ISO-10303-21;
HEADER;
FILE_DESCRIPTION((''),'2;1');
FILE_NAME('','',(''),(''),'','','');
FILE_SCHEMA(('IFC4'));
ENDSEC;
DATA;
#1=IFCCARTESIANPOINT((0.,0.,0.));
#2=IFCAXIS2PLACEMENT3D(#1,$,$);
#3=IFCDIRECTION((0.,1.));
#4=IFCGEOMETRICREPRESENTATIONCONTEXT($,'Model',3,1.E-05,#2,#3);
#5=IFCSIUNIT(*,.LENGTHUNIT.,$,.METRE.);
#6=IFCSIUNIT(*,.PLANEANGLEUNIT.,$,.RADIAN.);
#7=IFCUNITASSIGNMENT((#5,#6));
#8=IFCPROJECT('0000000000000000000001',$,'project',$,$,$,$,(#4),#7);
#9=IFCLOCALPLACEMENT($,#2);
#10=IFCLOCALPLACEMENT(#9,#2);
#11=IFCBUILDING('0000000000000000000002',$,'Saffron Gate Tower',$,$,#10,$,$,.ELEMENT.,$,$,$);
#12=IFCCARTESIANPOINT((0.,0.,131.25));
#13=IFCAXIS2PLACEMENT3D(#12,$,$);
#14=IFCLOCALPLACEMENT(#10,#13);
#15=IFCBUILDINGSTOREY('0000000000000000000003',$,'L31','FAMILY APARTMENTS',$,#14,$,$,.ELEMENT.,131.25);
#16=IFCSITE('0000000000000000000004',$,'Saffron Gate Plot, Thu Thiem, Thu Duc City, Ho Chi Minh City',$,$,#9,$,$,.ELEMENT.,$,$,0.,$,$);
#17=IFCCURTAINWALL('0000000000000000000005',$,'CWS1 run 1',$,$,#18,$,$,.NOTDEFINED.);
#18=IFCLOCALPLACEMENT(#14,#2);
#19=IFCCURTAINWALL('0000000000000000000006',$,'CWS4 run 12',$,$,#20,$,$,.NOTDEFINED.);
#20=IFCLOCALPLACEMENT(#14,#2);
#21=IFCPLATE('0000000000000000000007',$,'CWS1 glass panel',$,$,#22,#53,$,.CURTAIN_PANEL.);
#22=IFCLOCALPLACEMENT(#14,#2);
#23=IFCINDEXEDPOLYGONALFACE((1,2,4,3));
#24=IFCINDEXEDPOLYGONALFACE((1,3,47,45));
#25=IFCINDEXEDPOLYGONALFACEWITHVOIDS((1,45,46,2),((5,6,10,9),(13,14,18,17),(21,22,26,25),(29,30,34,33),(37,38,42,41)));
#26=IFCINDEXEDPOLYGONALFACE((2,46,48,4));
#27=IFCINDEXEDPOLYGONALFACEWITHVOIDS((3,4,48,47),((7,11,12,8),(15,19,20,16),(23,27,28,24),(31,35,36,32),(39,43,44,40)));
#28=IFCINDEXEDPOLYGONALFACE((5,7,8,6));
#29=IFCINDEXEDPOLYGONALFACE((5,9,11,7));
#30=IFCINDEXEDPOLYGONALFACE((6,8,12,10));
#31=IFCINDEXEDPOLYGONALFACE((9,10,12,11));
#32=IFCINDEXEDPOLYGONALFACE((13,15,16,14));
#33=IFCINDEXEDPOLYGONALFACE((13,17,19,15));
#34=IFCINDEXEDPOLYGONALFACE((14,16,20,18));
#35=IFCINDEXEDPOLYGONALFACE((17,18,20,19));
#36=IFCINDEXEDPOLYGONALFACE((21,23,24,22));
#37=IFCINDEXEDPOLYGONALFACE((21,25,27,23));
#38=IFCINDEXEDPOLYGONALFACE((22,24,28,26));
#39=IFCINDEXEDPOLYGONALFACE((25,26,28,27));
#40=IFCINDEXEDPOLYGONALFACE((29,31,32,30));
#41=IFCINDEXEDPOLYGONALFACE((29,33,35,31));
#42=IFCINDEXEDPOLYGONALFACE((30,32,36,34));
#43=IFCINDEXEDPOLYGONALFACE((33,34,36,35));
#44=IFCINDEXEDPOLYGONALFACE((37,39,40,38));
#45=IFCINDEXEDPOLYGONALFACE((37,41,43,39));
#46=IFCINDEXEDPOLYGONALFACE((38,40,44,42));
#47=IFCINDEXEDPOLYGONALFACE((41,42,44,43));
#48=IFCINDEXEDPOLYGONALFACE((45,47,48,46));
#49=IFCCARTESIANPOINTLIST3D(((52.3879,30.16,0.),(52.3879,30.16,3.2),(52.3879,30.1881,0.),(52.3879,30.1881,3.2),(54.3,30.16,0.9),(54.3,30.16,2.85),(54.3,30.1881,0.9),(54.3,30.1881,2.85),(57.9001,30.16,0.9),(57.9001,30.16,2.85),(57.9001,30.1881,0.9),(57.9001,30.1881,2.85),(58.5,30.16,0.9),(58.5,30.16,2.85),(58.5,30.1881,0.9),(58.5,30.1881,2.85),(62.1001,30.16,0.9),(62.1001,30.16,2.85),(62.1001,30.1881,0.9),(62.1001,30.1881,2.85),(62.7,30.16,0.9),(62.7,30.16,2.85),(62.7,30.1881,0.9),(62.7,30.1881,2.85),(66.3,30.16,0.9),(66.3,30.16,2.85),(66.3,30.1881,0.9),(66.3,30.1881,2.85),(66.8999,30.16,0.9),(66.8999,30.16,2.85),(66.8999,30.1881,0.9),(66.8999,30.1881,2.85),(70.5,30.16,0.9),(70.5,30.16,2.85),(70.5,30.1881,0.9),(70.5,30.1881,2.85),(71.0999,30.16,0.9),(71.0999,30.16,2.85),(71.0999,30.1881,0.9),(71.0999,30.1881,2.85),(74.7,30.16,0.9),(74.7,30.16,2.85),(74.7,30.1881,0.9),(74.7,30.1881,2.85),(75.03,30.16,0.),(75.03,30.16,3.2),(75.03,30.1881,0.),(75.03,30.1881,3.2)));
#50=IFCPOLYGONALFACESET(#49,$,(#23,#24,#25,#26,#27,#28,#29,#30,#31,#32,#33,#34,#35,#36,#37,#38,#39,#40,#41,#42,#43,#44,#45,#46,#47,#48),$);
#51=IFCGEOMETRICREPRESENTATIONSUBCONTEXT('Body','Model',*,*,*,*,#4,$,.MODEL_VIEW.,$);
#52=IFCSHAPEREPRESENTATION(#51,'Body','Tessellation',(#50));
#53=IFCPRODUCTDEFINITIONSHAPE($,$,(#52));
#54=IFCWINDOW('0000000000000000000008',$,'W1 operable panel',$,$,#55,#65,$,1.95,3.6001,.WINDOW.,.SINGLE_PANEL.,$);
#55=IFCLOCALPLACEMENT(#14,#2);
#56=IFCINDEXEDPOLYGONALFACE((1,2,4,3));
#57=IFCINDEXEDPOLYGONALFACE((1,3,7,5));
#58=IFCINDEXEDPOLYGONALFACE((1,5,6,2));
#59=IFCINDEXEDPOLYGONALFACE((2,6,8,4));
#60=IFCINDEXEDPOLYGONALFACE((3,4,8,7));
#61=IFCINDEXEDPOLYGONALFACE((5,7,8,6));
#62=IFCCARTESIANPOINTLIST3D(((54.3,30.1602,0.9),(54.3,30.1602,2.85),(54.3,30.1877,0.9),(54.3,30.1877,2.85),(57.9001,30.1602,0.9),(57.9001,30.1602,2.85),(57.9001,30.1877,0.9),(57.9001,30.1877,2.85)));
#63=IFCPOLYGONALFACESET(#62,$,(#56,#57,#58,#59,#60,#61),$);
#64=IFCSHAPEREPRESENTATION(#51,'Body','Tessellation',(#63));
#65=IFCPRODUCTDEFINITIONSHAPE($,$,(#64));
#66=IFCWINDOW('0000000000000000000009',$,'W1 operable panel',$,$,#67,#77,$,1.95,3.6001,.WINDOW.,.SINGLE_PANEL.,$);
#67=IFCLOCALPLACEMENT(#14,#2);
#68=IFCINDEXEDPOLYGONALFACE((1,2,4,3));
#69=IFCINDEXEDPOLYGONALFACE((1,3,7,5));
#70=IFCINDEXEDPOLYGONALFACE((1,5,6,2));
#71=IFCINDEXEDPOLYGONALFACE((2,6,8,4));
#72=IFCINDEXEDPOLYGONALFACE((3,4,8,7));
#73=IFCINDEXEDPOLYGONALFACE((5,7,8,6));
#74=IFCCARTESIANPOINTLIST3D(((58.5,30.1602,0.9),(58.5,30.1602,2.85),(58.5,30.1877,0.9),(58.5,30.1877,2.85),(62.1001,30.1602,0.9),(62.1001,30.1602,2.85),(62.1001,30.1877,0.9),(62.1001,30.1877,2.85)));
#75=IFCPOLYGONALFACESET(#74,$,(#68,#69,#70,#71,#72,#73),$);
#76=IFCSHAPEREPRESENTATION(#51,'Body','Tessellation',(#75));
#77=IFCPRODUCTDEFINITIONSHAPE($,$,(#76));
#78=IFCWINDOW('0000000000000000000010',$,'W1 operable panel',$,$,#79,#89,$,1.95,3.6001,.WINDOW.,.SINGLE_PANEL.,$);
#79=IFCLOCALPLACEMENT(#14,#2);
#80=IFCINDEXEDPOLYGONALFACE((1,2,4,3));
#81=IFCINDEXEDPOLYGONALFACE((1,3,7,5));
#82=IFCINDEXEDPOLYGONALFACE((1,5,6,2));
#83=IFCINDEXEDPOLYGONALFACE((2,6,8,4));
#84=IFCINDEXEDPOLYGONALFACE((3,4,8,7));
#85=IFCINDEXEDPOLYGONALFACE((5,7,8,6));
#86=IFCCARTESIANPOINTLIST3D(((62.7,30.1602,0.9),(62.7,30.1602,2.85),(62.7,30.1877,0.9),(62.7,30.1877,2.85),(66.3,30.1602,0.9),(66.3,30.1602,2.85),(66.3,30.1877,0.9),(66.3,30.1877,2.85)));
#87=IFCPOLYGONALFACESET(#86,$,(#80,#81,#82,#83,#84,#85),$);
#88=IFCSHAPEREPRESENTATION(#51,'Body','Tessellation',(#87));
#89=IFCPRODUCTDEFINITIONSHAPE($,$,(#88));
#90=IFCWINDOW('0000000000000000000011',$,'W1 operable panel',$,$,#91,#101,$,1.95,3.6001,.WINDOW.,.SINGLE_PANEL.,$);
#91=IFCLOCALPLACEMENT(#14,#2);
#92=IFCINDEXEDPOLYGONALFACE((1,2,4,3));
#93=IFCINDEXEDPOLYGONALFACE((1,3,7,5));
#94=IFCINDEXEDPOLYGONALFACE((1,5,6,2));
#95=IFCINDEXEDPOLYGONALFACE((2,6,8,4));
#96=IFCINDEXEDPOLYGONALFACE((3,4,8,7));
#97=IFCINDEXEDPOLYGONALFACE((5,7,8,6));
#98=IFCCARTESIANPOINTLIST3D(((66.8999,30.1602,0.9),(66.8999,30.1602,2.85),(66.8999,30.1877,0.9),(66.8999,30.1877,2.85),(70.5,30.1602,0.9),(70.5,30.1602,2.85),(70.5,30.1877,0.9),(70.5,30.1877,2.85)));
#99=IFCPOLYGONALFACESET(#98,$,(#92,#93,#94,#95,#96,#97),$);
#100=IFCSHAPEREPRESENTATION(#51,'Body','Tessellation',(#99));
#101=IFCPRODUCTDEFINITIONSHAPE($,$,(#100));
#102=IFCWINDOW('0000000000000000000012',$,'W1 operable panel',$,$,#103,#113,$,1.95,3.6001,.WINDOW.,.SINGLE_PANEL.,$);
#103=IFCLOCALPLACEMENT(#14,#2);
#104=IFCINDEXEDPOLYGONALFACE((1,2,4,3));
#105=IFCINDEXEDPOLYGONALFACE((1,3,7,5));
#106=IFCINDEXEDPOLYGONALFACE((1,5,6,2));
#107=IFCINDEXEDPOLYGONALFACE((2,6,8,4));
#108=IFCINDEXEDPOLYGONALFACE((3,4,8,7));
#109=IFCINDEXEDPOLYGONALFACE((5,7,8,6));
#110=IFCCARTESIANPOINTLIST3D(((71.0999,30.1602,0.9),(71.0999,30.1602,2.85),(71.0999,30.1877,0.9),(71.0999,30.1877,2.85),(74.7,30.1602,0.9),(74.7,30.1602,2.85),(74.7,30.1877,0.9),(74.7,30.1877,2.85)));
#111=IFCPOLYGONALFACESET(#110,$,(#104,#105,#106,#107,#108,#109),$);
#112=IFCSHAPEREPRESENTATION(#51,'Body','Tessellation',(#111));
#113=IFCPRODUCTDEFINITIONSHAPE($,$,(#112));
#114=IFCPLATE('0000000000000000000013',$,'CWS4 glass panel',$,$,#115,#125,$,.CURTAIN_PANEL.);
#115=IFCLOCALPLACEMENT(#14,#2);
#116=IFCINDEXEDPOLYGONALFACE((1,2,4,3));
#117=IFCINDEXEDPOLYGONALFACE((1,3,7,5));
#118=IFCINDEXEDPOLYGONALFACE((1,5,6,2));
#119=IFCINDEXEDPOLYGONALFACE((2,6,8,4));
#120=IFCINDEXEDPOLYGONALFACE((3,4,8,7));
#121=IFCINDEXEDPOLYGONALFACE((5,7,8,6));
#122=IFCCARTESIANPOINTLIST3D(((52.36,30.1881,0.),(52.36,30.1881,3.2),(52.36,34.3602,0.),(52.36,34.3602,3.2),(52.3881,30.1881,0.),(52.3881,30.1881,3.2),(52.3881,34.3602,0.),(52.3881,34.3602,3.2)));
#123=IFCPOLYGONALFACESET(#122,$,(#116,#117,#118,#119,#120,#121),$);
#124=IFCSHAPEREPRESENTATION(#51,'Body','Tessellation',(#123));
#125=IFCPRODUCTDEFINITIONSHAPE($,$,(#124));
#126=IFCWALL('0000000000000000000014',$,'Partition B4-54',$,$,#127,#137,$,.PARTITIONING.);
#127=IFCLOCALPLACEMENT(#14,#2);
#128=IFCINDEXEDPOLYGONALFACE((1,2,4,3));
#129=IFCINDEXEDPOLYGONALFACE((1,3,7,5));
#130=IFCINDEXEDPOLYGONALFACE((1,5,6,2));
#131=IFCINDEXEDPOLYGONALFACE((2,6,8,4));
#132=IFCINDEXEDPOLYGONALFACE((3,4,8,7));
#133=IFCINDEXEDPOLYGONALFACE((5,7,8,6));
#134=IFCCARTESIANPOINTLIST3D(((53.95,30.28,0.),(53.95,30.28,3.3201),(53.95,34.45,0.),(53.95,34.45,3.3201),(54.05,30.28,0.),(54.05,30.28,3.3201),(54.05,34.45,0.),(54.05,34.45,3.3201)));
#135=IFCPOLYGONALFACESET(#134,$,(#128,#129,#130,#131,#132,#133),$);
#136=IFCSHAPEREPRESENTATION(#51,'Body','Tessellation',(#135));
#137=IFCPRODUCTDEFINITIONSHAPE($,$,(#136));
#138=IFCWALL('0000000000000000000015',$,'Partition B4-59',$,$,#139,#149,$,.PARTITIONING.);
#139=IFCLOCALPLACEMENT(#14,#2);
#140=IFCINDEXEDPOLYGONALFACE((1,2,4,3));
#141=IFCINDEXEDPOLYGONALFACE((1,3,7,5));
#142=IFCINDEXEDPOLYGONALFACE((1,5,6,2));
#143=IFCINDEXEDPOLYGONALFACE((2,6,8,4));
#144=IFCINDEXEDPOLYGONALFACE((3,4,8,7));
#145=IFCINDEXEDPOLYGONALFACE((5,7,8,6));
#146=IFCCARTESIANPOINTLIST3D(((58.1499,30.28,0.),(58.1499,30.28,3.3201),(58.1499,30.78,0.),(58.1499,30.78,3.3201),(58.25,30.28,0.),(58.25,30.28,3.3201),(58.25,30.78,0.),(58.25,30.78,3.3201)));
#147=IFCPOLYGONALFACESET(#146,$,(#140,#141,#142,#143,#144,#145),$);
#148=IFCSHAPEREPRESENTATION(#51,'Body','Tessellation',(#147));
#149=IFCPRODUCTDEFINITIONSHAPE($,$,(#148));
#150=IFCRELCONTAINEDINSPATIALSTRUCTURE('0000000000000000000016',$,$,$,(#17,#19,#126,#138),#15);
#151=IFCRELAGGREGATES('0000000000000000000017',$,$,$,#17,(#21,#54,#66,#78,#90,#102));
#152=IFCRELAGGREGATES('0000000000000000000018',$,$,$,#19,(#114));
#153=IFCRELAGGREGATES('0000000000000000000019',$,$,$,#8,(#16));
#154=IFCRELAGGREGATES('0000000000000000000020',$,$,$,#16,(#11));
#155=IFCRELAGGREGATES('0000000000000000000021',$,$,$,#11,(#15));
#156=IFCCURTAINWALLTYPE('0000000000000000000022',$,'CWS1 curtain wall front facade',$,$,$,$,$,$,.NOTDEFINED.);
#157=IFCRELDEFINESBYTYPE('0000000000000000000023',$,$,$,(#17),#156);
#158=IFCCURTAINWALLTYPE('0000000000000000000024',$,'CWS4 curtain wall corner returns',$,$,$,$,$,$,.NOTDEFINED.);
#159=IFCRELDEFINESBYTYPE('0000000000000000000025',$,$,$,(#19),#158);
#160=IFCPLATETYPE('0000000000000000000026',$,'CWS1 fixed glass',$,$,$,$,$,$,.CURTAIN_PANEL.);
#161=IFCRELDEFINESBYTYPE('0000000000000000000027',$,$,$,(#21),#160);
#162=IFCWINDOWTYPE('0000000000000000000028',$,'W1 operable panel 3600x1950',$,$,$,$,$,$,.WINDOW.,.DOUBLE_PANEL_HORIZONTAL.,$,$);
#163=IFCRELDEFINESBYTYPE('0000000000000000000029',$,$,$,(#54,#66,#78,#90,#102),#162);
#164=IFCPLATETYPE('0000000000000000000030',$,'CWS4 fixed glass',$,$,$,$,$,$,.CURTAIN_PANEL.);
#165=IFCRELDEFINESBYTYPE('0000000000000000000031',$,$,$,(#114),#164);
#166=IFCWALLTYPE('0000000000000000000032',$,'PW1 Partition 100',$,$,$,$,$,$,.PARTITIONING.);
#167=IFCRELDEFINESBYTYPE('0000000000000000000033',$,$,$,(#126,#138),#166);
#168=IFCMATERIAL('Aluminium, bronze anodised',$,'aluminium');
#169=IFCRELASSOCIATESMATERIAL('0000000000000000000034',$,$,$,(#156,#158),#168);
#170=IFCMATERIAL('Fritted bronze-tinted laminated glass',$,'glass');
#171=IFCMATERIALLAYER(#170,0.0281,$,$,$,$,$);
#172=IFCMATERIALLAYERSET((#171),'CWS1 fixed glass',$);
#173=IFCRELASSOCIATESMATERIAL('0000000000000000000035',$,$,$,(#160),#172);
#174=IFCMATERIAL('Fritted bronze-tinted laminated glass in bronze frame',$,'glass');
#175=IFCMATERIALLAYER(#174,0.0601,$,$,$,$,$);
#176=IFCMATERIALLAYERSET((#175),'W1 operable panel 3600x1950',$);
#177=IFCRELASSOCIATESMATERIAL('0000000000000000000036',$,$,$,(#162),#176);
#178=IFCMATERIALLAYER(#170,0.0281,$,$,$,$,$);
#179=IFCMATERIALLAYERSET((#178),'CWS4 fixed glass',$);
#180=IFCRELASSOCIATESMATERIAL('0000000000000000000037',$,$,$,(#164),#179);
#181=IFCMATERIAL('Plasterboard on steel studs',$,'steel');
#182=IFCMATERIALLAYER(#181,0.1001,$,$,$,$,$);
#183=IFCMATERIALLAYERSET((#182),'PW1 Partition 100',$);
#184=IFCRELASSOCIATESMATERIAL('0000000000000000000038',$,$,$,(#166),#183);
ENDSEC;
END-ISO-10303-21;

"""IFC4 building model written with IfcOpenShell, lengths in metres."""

from ifc_helpers import new_model, si_unit, direction, frame, frame_2d, origin, place, context, subcontext, project, spatial, rectangle, extrude, material, layer, layer_set, type_object, element, fill, aggregate, save


model = new_model("IFC4")

# Units and contexts
model_context = context("Model", 3, precision=1e-05, world=origin(), true_north=direction((0.0, 1.0)))
body_context = subcontext(model_context, "Body", "Model", "MODEL_VIEW")
ifc_project = project(units=[si_unit("LENGTHUNIT", "METRE"), si_unit("PLANEANGLEUNIT", "RADIAN")], contexts=[model_context])

# Site, building, storey
site_placement = place(None, origin())
site = spatial("IfcSite", under=ifc_project, at=site_placement, Name="Saffron Gate Plot, Thu Thiem, Thu Duc City, Ho Chi Minh City", CompositionType="ELEMENT", RefElevation=0.0)
building_placement = place(site_placement, origin())
building = spatial("IfcBuilding", under=site, at=building_placement, Name="Saffron Gate Tower", CompositionType="ELEMENT")
storey_placement = place(building_placement, frame((0.0, 0.0, 131.25)))
storey = spatial("IfcBuildingStorey", under=building, at=storey_placement, Name="L31", Description="FAMILY APARTMENTS", CompositionType="ELEMENT", Elevation=131.25)

# Curtain walls
ifc_material_1 = material(Name="Aluminium, bronze anodised", Category="aluminium")
curtain_wall_type_1 = type_object("IfcCurtainWallType", Name="CWS1 curtain wall front facade", PredefinedType="NOTDEFINED", material=ifc_material_1)
curtain_wall_1_placement = place(storey_placement, origin())
curtain_wall_1 = element("IfcCurtainWall", 1, at=curtain_wall_1_placement, inside=storey, type_object=curtain_wall_type_1, Name="CWS1 run 1", PredefinedType="NOTDEFINED")
curtain_wall_type_2 = type_object("IfcCurtainWallType", Name="CWS4 curtain wall corner returns", PredefinedType="NOTDEFINED", material=ifc_material_1)
curtain_wall_2_placement = place(storey_placement, origin())
curtain_wall_2 = element("IfcCurtainWall", 2, at=curtain_wall_2_placement, inside=storey, type_object=curtain_wall_type_2, Name="CWS4 run 12", PredefinedType="NOTDEFINED")

# Plate, openings, windows
ifc_material_2 = material(Name="Fritted bronze-tinted laminated glass", Category="glass")
ifc_layer_1 = layer(ifc_material_2, 0.0281)
ifc_layer_set_1 = layer_set([ifc_layer_1], Name="CWS1 fixed glass")
plate_type_1 = type_object("IfcPlateType", Name="CWS1 fixed glass", PredefinedType="CURTAIN_PANEL", material=ifc_layer_set_1)
plate_1_placement = place(storey_placement, frame((52.3879, 30.1741, 0.0), z_axis=(0.0, 0.0, 1.0), x_axis=(1.0, 0.0, 0.0)))
plate_1 = element("IfcPlate", 3, at=plate_1_placement, type_object=plate_type_1, Name="CWS1 glass panel", PredefinedType="CURTAIN_PANEL", context=body_context, shape_type="SweptSolid", body=[
    extrude(rectangle(XDim=22.6421, YDim=0.0281, at=frame_2d((11.321, 0.0))), origin(), (0.0, 0.0, 1.0), 3.2),
])
opening_1_placement = place(plate_1_placement, frame((1.9121, 0.0, 0.8999)))
opening_1 = element("IfcOpeningElement", 4, at=opening_1_placement, cuts=plate_1, PredefinedType="OPENING", context=body_context, shape_type="SweptSolid", body=[
    extrude(rectangle(XDim=3.6001, YDim=1.95, at=frame_2d((1.8, 0.9751))), frame((0.0, 0.0239, 0.0), z_axis=(0.0, -1.0, 0.0), x_axis=(1.0, 0.0, 0.0)), (0.0, 0.0, 1.0), 0.0481),
])
opening_2_placement = place(plate_1_placement, frame((6.1121, 0.0, 0.8999)))
opening_2 = element("IfcOpeningElement", 5, at=opening_2_placement, cuts=plate_1, PredefinedType="OPENING", context=body_context, shape_type="SweptSolid", body=[
    extrude(rectangle(XDim=3.6001, YDim=1.95, at=frame_2d((1.8, 0.9751))), frame((0.0, 0.0239, 0.0), z_axis=(0.0, -1.0, 0.0), x_axis=(1.0, 0.0, 0.0)), (0.0, 0.0, 1.0), 0.0481),
])
opening_3_placement = place(plate_1_placement, frame((10.312, 0.0, 0.8999)))
opening_3 = element("IfcOpeningElement", 6, at=opening_3_placement, cuts=plate_1, PredefinedType="OPENING", context=body_context, shape_type="SweptSolid", body=[
    extrude(rectangle(XDim=3.6001, YDim=1.95, at=frame_2d((1.8, 0.9751))), frame((0.0, 0.0239, 0.0), z_axis=(0.0, -1.0, 0.0), x_axis=(1.0, 0.0, 0.0)), (0.0, 0.0, 1.0), 0.0481),
])
opening_4_placement = place(plate_1_placement, frame((14.512, 0.0, 0.8999)))
opening_4 = element("IfcOpeningElement", 7, at=opening_4_placement, cuts=plate_1, PredefinedType="OPENING", context=body_context, shape_type="SweptSolid", body=[
    extrude(rectangle(XDim=3.6001, YDim=1.95, at=frame_2d((1.8, 0.9751))), frame((0.0, 0.0239, 0.0), z_axis=(0.0, -1.0, 0.0), x_axis=(1.0, 0.0, 0.0)), (0.0, 0.0, 1.0), 0.0481),
])
opening_5_placement = place(plate_1_placement, frame((18.7119, 0.0, 0.8999)))
opening_5 = element("IfcOpeningElement", 8, at=opening_5_placement, cuts=plate_1, PredefinedType="OPENING", context=body_context, shape_type="SweptSolid", body=[
    extrude(rectangle(XDim=3.6001, YDim=1.95, at=frame_2d((1.8, 0.9751))), frame((0.0, 0.0239, 0.0), z_axis=(0.0, -1.0, 0.0), x_axis=(1.0, 0.0, 0.0)), (0.0, 0.0, 1.0), 0.0481),
])
ifc_material_3 = material(Name="Fritted bronze-tinted laminated glass in bronze frame", Category="glass")
ifc_layer_2 = layer(ifc_material_3, 0.0601)
ifc_layer_set_2 = layer_set([ifc_layer_2], Name="W1 operable panel 3600x1950")
window_type = type_object("IfcWindowType", Name="W1 operable panel 3600x1950", PartitioningType="DOUBLE_PANEL_HORIZONTAL", PredefinedType="WINDOW", material=ifc_layer_set_2)
window_1_placement = place(opening_1_placement, origin())
window_1 = element("IfcWindow", 9, at=window_1_placement, type_object=window_type, Name="W1 operable panel", OverallHeight=1.95, OverallWidth=3.6001, PartitioningType="SINGLE_PANEL", PredefinedType="WINDOW", context=body_context, shape_type="SweptSolid", body=[
    extrude(rectangle(XDim=3.6001, YDim=1.95, at=frame_2d((1.8, 0.9751))), frame((0.0, 0.0137, 0.0), z_axis=(0.0, -1.0, 0.0), x_axis=(1.0, 0.0, 0.0)), (0.0, 0.0, 1.0), 0.0276),
])
fill(opening_1, window_1)
window_2_placement = place(opening_2_placement, origin())
window_2 = element("IfcWindow", 10, at=window_2_placement, type_object=window_type, Name="W1 operable panel", OverallHeight=1.95, OverallWidth=3.6001, PartitioningType="SINGLE_PANEL", PredefinedType="WINDOW", context=body_context, shape_type="SweptSolid", body=[
    extrude(rectangle(XDim=3.6001, YDim=1.95, at=frame_2d((1.8, 0.9751))), frame((0.0, 0.0137, 0.0), z_axis=(0.0, -1.0, 0.0), x_axis=(1.0, 0.0, 0.0)), (0.0, 0.0, 1.0), 0.0276),
])
fill(opening_2, window_2)
window_3_placement = place(opening_3_placement, origin())
window_3 = element("IfcWindow", 11, at=window_3_placement, type_object=window_type, Name="W1 operable panel", OverallHeight=1.95, OverallWidth=3.6001, PartitioningType="SINGLE_PANEL", PredefinedType="WINDOW", context=body_context, shape_type="SweptSolid", body=[
    extrude(rectangle(XDim=3.6001, YDim=1.95, at=frame_2d((1.8, 0.9751))), frame((0.0, 0.0137, 0.0), z_axis=(0.0, -1.0, 0.0), x_axis=(1.0, 0.0, 0.0)), (0.0, 0.0, 1.0), 0.0276),
])
fill(opening_3, window_3)
window_4_placement = place(opening_4_placement, origin())
window_4 = element("IfcWindow", 12, at=window_4_placement, type_object=window_type, Name="W1 operable panel", OverallHeight=1.95, OverallWidth=3.6001, PartitioningType="SINGLE_PANEL", PredefinedType="WINDOW", context=body_context, shape_type="SweptSolid", body=[
    extrude(rectangle(XDim=3.6001, YDim=1.95, at=frame_2d((1.8, 0.9751))), frame((0.0, 0.0137, 0.0), z_axis=(0.0, -1.0, 0.0), x_axis=(1.0, 0.0, 0.0)), (0.0, 0.0, 1.0), 0.0276),
])
fill(opening_4, window_4)
window_5_placement = place(opening_5_placement, origin())
window_5 = element("IfcWindow", 13, at=window_5_placement, type_object=window_type, Name="W1 operable panel", OverallHeight=1.95, OverallWidth=3.6001, PartitioningType="SINGLE_PANEL", PredefinedType="WINDOW", context=body_context, shape_type="SweptSolid", body=[
    extrude(rectangle(XDim=3.6001, YDim=1.95, at=frame_2d((1.8, 0.9751))), frame((0.0, 0.0137, 0.0), z_axis=(0.0, -1.0, 0.0), x_axis=(1.0, 0.0, 0.0)), (0.0, 0.0, 1.0), 0.0276),
])
fill(opening_5, window_5)
aggregate(curtain_wall_1, [plate_1, window_1, window_2, window_3, window_4, window_5])

# Plate
ifc_layer_3 = layer(ifc_material_2, 0.0281)
ifc_layer_set_3 = layer_set([ifc_layer_3], Name="CWS4 fixed glass")
plate_type_2 = type_object("IfcPlateType", Name="CWS4 fixed glass", PredefinedType="CURTAIN_PANEL", material=ifc_layer_set_3)
plate_2_placement = place(storey_placement, frame((52.374, 34.3601, 0.0), z_axis=(0.0, 0.0, 1.0), x_axis=(0.0, -1.0, 0.0)))
plate_2 = element("IfcPlate", 14, at=plate_2_placement, type_object=plate_type_2, Name="CWS4 glass panel", PredefinedType="CURTAIN_PANEL", context=body_context, shape_type="SweptSolid", body=[
    extrude(rectangle(XDim=4.1721, YDim=0.0281, at=frame_2d((2.0859, 0.0))), origin(), (0.0, 0.0, 1.0), 3.2),
])
aggregate(curtain_wall_2, [plate_2])

# Walls
ifc_material_4 = material(Name="Plasterboard on steel studs", Category="steel")
ifc_layer_4 = layer(ifc_material_4, 0.1001)
ifc_layer_set_4 = layer_set([ifc_layer_4], Name="PW1 Partition 100")
wall_type = type_object("IfcWallType", Name="PW1 Partition 100", PredefinedType="PARTITIONING", material=ifc_layer_set_4)
wall_1_placement = place(storey_placement, frame((54.0, 34.45, 0.0), z_axis=(0.0, 0.0, 1.0), x_axis=(0.0, -1.0, 0.0)))
element("IfcWall", 15, at=wall_1_placement, inside=storey, type_object=wall_type, Name="Partition B4-54", PredefinedType="PARTITIONING", context=body_context, shape_type="SweptSolid", body=[
    extrude(rectangle(XDim=4.1699, YDim=0.1001, at=frame_2d((2.085, 0.0))), origin(), (0.0, 0.0, 1.0), 3.3201),
])
wall_2_placement = place(storey_placement, frame((58.2, 30.78, 0.0), z_axis=(0.0, 0.0, 1.0), x_axis=(0.0, -1.0, 0.0)))
element("IfcWall", 16, at=wall_2_placement, inside=storey, type_object=wall_type, Name="Partition B4-59", PredefinedType="PARTITIONING", context=body_context, shape_type="SweptSolid", body=[
    extrude(rectangle(XDim=0.5, YDim=0.1001, at=frame_2d((0.25, 0.0))), origin(), (0.0, 0.0, 1.0), 3.3201),
])

save(model, "model.ifc")
